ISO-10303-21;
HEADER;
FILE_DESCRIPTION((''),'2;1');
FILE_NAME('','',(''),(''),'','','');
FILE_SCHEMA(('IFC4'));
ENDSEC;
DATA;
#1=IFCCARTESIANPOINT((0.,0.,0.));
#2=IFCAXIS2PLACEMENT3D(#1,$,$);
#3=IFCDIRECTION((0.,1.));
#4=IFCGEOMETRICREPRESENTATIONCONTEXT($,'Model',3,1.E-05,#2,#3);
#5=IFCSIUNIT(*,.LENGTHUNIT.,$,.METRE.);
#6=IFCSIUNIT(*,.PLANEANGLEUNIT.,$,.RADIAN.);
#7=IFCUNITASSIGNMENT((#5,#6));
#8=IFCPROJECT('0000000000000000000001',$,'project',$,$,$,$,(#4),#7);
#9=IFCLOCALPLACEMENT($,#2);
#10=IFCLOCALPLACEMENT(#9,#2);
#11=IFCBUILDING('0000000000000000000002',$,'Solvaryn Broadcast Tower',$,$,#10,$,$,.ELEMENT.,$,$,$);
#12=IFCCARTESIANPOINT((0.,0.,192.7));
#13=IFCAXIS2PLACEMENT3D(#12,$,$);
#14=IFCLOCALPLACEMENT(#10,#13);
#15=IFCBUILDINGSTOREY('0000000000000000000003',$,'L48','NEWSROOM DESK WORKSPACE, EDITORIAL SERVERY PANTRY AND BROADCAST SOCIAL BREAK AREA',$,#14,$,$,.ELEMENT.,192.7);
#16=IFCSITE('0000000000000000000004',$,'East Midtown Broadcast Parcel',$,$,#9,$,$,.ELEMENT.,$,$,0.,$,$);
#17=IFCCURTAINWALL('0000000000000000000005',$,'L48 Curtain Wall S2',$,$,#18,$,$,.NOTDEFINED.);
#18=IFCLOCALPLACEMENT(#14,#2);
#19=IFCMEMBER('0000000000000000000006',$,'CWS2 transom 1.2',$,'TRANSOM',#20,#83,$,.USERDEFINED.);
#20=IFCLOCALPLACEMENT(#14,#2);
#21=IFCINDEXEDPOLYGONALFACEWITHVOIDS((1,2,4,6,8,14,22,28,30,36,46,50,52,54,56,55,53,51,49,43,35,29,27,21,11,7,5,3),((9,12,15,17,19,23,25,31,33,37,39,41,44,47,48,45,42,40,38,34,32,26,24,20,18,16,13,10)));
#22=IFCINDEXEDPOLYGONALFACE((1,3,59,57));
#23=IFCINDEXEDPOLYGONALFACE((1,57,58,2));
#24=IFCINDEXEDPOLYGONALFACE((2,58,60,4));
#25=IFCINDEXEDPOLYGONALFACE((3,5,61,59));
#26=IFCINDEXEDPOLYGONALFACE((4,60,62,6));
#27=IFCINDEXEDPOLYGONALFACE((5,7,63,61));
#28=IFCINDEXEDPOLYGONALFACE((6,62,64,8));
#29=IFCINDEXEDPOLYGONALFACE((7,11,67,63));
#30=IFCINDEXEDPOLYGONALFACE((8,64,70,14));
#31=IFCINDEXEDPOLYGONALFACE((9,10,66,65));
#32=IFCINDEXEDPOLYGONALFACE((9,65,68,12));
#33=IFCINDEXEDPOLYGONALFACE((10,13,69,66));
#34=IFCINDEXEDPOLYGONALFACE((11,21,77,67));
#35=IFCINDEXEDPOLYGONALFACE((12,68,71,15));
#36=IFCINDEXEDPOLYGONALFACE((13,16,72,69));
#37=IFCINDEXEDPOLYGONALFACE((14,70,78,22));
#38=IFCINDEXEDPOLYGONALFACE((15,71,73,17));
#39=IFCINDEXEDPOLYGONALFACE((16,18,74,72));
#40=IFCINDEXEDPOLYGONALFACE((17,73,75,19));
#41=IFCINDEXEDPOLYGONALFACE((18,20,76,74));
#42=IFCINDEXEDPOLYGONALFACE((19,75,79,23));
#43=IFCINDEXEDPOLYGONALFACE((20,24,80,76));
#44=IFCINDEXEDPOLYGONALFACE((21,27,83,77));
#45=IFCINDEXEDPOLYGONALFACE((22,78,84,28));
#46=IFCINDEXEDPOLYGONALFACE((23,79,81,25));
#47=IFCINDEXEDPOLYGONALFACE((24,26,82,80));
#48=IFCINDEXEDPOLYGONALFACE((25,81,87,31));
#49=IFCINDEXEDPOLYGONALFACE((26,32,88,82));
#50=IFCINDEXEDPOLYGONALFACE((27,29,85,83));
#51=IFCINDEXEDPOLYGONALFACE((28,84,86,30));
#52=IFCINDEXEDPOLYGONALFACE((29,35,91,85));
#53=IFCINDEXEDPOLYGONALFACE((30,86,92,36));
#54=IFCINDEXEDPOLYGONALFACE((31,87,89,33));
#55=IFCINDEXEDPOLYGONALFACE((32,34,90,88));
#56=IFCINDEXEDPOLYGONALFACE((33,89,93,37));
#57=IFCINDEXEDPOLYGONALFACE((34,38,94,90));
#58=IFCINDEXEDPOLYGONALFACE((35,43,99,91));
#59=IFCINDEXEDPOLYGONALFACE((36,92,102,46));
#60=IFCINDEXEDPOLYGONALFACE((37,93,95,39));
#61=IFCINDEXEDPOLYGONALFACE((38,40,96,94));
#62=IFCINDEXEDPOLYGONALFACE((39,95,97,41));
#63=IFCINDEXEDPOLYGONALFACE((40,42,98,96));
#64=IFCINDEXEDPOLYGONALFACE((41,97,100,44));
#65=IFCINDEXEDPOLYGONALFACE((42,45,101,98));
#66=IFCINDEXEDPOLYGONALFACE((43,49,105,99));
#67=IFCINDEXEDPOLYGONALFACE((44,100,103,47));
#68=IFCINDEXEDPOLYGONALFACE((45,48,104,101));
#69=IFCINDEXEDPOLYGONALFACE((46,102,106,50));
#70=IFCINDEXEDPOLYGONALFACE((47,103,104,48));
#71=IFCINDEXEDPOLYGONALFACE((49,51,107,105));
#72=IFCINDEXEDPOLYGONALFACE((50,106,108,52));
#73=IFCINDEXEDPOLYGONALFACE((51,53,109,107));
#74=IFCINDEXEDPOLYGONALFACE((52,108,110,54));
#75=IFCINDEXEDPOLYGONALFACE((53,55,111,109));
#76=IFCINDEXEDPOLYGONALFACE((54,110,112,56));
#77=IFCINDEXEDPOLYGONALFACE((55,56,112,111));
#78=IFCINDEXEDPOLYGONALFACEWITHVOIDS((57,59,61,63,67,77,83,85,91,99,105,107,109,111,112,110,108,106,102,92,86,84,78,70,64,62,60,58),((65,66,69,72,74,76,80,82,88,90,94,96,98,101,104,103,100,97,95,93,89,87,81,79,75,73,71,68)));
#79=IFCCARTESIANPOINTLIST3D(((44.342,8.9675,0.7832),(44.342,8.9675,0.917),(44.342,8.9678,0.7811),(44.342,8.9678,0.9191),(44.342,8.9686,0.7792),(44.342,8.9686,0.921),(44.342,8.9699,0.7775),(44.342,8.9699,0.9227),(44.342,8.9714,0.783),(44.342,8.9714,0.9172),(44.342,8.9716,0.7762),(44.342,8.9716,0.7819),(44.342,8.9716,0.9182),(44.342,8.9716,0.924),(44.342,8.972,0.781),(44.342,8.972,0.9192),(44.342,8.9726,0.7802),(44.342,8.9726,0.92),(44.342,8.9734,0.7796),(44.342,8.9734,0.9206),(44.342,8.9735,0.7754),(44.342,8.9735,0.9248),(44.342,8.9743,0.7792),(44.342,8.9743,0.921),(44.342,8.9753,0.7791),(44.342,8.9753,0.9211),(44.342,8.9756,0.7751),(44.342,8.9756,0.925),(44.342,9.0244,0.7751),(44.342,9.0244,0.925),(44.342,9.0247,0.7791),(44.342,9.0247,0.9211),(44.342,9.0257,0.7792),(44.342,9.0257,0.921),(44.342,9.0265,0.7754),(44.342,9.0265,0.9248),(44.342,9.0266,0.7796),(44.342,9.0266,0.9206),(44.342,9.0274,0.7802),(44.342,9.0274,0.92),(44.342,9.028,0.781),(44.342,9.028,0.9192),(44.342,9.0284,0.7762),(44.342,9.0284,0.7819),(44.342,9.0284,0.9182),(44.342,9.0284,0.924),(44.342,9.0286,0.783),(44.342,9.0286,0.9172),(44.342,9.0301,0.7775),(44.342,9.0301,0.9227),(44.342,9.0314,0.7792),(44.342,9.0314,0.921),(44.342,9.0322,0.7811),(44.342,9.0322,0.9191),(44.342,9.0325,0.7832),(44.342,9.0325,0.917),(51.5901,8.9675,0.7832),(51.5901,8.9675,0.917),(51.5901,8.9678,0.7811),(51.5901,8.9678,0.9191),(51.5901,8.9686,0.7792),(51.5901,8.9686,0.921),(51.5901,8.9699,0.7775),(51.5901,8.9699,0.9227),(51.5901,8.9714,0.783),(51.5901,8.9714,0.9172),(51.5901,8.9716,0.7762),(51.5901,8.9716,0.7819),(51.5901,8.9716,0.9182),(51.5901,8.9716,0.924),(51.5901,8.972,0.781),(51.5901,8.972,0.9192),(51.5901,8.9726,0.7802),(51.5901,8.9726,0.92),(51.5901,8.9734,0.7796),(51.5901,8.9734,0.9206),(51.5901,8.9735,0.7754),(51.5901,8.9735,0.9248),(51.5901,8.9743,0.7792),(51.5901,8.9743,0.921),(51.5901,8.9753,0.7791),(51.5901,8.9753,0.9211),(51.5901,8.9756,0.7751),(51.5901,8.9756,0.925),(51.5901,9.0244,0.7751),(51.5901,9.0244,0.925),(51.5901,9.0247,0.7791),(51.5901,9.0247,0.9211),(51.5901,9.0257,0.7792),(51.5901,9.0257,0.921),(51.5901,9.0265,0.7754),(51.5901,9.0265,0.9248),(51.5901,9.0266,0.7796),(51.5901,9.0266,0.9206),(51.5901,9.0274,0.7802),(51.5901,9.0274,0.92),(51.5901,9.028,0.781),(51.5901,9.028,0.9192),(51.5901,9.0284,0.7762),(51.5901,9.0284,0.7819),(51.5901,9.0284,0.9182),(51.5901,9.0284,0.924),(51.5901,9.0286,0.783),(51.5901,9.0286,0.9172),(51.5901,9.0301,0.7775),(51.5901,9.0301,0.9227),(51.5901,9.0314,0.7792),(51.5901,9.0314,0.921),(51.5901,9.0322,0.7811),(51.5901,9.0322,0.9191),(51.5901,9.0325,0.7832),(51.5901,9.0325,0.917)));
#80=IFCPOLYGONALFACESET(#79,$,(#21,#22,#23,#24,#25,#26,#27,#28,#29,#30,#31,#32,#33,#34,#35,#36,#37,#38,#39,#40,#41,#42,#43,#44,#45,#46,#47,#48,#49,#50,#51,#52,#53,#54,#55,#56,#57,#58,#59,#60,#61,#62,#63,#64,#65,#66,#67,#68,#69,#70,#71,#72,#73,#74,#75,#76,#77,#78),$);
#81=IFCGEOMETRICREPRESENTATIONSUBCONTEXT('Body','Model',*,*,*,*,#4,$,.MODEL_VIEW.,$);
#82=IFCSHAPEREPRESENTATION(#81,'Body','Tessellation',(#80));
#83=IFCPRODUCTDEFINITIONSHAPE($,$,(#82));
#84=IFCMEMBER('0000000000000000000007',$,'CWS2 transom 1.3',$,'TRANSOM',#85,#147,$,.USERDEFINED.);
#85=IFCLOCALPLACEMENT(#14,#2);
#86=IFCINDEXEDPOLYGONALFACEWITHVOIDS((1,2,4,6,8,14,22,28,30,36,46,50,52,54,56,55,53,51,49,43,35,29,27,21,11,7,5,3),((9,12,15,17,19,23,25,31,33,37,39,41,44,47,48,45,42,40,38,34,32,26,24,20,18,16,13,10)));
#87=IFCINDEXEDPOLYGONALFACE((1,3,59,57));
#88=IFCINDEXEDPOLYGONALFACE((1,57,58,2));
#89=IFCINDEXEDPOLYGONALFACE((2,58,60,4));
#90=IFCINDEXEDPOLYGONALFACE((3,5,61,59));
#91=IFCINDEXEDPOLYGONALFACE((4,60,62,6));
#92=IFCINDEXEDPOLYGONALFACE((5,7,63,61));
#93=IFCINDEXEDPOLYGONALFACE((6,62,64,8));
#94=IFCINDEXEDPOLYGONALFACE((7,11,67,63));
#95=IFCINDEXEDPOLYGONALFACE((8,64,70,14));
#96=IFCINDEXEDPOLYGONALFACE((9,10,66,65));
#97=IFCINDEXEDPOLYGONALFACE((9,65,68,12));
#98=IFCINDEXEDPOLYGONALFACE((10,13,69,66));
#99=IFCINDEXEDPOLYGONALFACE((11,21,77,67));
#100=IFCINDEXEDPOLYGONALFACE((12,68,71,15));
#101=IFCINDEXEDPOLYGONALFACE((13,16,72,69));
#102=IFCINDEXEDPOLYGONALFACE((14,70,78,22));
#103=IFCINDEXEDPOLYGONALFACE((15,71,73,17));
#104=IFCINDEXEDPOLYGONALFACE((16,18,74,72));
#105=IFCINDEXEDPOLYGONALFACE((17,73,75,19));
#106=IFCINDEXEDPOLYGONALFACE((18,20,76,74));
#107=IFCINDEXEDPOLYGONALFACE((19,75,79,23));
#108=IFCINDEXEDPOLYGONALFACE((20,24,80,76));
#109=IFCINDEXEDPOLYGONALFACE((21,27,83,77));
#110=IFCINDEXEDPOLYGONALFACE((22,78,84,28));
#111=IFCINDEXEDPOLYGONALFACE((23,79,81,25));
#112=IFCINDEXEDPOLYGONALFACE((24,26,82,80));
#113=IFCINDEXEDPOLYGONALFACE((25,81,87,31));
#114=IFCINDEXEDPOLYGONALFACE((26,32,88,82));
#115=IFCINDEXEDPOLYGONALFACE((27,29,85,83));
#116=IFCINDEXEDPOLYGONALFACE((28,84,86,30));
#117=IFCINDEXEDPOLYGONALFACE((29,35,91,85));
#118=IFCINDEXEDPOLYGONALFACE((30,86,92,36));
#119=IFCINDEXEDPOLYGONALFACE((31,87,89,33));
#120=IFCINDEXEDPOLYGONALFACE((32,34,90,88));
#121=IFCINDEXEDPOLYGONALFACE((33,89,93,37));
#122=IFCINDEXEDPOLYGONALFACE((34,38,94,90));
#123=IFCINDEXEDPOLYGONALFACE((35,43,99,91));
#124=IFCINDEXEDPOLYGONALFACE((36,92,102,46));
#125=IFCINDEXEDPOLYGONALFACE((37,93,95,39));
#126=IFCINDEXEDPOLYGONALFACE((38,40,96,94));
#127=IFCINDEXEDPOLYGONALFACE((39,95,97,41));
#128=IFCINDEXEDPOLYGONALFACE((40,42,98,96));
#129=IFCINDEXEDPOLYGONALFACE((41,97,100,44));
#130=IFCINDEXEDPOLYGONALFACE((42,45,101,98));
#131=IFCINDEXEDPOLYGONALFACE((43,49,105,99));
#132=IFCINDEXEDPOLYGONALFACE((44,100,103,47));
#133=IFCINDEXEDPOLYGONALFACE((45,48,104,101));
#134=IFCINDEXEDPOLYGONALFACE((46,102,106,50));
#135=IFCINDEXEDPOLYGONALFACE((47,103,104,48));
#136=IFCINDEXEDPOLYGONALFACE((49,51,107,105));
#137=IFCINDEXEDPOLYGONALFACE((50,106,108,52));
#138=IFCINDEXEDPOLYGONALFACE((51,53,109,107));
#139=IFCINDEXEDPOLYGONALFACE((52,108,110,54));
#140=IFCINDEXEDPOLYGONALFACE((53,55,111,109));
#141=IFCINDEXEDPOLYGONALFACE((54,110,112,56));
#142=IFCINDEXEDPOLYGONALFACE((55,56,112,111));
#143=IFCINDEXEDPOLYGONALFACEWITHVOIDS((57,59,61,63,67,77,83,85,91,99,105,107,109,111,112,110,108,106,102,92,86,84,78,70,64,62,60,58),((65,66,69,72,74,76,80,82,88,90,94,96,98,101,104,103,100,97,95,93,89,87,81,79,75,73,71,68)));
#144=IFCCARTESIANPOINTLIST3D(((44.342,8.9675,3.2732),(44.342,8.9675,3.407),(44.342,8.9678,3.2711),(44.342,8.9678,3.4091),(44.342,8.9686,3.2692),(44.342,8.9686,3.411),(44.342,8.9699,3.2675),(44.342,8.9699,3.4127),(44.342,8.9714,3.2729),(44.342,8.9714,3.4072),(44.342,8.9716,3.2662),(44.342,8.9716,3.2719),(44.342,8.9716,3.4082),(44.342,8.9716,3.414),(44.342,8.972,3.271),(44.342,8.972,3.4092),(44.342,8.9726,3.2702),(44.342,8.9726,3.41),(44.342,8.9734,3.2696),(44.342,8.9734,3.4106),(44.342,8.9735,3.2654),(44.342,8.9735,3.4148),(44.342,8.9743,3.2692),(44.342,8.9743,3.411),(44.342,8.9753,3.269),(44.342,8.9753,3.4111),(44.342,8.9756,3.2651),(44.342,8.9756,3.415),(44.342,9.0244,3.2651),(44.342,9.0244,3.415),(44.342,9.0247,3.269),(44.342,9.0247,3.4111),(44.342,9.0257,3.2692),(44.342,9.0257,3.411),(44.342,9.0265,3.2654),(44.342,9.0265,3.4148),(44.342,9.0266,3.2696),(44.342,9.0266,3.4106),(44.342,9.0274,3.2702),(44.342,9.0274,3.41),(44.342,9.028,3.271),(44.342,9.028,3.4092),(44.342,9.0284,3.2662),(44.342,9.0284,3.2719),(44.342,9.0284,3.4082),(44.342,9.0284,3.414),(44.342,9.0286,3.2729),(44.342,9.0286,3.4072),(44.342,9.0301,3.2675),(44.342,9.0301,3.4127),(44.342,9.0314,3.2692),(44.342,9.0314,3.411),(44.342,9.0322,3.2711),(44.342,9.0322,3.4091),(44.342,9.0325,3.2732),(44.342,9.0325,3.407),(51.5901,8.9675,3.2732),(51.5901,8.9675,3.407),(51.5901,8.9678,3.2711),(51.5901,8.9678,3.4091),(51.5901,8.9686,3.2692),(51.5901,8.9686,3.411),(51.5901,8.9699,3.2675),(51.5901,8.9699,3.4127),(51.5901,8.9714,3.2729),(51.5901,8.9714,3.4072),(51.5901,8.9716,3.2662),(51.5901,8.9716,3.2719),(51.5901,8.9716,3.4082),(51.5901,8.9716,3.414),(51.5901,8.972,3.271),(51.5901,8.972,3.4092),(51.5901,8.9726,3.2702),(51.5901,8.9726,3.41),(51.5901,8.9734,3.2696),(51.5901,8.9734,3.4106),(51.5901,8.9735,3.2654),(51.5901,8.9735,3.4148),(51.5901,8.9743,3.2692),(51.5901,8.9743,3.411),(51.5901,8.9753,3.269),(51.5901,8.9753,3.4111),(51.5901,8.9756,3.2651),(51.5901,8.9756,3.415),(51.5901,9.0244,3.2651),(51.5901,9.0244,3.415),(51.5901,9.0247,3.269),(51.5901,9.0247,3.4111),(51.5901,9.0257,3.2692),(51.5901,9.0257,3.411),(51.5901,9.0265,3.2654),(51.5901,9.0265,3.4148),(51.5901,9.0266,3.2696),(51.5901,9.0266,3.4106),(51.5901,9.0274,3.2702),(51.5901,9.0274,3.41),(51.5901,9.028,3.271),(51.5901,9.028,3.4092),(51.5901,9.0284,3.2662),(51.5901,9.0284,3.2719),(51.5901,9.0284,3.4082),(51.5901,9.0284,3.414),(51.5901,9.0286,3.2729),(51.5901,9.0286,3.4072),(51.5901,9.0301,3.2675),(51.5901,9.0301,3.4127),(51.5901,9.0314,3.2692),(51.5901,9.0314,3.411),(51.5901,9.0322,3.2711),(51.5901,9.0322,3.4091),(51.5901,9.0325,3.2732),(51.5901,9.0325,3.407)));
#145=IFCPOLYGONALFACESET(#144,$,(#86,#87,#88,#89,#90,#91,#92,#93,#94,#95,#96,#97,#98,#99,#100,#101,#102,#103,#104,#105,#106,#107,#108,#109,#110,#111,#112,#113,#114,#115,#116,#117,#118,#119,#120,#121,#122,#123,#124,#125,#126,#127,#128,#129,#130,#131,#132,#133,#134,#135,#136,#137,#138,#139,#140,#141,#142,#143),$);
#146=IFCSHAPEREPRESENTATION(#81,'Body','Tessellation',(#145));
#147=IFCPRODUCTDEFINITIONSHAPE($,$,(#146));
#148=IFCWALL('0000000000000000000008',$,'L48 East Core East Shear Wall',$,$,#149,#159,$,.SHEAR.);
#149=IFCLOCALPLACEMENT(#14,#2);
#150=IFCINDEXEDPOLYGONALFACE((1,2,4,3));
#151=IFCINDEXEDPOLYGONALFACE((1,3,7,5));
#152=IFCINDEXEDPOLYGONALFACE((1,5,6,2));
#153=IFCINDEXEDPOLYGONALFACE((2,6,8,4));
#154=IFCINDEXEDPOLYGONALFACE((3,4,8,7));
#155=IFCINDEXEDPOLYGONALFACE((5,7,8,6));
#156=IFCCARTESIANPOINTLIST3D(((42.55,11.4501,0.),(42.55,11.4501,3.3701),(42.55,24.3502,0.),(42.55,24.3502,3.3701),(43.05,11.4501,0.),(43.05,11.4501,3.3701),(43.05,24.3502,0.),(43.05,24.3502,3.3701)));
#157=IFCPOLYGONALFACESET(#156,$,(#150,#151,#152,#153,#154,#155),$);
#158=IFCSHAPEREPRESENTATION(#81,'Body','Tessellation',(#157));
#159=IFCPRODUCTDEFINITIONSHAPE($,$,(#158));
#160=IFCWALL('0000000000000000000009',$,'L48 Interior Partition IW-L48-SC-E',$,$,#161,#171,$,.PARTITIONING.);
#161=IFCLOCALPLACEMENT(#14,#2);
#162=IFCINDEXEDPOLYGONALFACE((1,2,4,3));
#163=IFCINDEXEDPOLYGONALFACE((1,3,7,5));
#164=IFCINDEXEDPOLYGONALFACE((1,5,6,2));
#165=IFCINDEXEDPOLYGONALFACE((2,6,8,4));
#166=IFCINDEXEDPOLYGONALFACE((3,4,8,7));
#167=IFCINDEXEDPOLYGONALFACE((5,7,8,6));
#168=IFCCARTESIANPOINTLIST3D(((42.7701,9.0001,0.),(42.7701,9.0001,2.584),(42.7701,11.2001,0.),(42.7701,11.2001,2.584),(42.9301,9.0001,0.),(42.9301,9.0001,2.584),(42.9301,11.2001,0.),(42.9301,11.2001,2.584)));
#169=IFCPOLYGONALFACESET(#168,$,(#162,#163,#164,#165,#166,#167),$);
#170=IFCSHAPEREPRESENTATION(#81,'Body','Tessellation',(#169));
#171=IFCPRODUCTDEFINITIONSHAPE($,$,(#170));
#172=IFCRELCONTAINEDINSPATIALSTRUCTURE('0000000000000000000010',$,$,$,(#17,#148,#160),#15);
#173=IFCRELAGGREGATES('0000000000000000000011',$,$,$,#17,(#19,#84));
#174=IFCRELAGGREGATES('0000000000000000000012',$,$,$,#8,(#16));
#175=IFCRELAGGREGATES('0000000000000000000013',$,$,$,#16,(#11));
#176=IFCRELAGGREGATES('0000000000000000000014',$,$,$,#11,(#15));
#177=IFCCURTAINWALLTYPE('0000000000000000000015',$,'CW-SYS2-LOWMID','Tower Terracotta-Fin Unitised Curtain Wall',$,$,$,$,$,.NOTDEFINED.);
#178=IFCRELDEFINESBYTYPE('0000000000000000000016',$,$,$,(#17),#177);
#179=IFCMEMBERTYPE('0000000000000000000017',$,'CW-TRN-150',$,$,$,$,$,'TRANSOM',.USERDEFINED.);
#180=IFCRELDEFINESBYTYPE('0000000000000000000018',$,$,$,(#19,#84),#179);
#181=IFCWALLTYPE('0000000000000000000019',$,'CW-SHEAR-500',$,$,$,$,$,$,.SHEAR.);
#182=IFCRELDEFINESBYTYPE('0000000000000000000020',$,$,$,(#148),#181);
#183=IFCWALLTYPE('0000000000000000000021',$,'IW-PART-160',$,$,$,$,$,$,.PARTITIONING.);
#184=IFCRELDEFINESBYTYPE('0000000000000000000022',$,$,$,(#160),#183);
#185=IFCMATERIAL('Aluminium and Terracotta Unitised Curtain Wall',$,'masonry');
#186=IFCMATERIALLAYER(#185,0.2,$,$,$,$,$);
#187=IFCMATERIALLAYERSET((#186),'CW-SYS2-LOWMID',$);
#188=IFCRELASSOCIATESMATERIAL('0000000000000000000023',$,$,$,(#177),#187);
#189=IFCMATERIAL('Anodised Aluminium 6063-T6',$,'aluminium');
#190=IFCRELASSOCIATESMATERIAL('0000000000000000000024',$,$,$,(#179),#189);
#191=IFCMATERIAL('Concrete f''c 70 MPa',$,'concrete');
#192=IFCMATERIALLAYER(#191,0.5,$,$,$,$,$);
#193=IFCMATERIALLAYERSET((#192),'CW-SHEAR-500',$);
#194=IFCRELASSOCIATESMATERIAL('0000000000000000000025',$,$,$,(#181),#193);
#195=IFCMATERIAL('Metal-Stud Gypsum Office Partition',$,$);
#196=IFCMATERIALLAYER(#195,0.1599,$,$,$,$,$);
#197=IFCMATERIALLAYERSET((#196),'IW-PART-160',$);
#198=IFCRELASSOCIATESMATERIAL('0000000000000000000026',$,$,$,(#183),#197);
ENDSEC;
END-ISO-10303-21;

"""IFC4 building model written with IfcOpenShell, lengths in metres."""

from ifc_helpers import new_model, si_unit, direction, frame, frame_2d, origin, origin_2d, place, context, subcontext, project, spatial, rectangle, hollow_rectangle, extrude, material, layer, layer_set, material_profile, profile_set, type_object, element, aggregate, save


model = new_model("IFC4")

# Units and contexts
model_context = context("Model", 3, precision=1e-05, world=origin(), true_north=direction((0.0, 1.0)))
body_context = subcontext(model_context, "Body", "Model", "MODEL_VIEW")
ifc_project = project(units=[si_unit("LENGTHUNIT", "METRE"), si_unit("PLANEANGLEUNIT", "RADIAN")], contexts=[model_context])

# Site, building, storey
site_placement = place(None, origin())
site = spatial("IfcSite", under=ifc_project, at=site_placement, Name="East Midtown Broadcast Parcel", CompositionType="ELEMENT", RefElevation=0.0)
building_placement = place(site_placement, origin())
building = spatial("IfcBuilding", under=site, at=building_placement, Name="Solvaryn Broadcast Tower", CompositionType="ELEMENT")
storey_placement = place(building_placement, frame((0.0, 0.0, 192.7)))
storey = spatial("IfcBuildingStorey", under=building, at=storey_placement, Name="L48", Description="NEWSROOM DESK WORKSPACE, EDITORIAL SERVERY PANTRY AND BROADCAST SOCIAL BREAK AREA", CompositionType="ELEMENT", Elevation=192.7)

# Shared definitions
ifc_material_1 = material(Name="Aluminium and Terracotta Unitised Curtain Wall", Category="masonry")
ifc_layer_1 = layer(ifc_material_1, 0.2)
ifc_layer_set_1 = layer_set([ifc_layer_1], Name="CW-SYS2-LOWMID")
curtain_wall_type = type_object("IfcCurtainWallType", Name="CW-SYS2-LOWMID", Description="Tower Terracotta-Fin Unitised Curtain Wall", PredefinedType="NOTDEFINED", material=ifc_layer_set_1)

# Curtain wall, members
curtain_wall_1_placement = place(storey_placement, origin())
curtain_wall_1 = element("IfcCurtainWall", 1, at=curtain_wall_1_placement, inside=storey, type_object=curtain_wall_type, Name="L48 Curtain Wall S2", PredefinedType="NOTDEFINED")
ifc_material_2 = material(Name="Anodised Aluminium 6063-T6", Category="aluminium")
ifc_material_profile_1 = material_profile(ifc_material_2, hollow_rectangle(XDim=0.0649, YDim=0.1499, WallThickness=0.0039, InnerFilletRadius=0.0039, OuterFilletRadius=0.0081, at=origin_2d()))
ifc_profile_set_1 = profile_set([ifc_material_profile_1], Name="Anodised Aluminium 6063-T6")
member_type_1 = type_object("IfcMemberType", Name="CW-TRN-150", ElementType="TRANSOM", PredefinedType="USERDEFINED", material=ifc_profile_set_1)
member_1_placement = place(storey_placement, frame((44.342, 9.0, 0.8501), z_axis=(1.0, 0.0, 0.0), x_axis=(0.0, 1.0, 0.0)))
member_1 = element("IfcMember", 2, at=member_1_placement, type_object=member_type_1, Name="CWS2 transom 1.2", ObjectType="TRANSOM", PredefinedType="USERDEFINED", context=body_context, shape_type="SweptSolid", body=[
    extrude(hollow_rectangle(XDim=0.0649, YDim=0.1499, WallThickness=0.0039, InnerFilletRadius=0.0039, OuterFilletRadius=0.0081, at=origin_2d()), origin(), (0.0, 0.0, 1.0), 7.248),
])
member_2_placement = place(storey_placement, frame((44.342, 9.0, 3.3401), z_axis=(1.0, 0.0, 0.0), x_axis=(0.0, 1.0, 0.0)))
member_2 = element("IfcMember", 3, at=member_2_placement, type_object=member_type_1, Name="CWS2 transom 1.3", ObjectType="TRANSOM", PredefinedType="USERDEFINED", context=body_context, shape_type="SweptSolid", body=[
    extrude(hollow_rectangle(XDim=0.0649, YDim=0.1499, WallThickness=0.0039, InnerFilletRadius=0.0039, OuterFilletRadius=0.0081, at=origin_2d()), origin(), (0.0, 0.0, 1.0), 7.248),
])
aggregate(curtain_wall_1, [member_1, member_2])

# Walls
ifc_material_3 = material(Name="Concrete f'c 70 MPa", Category="concrete")
ifc_layer_2 = layer(ifc_material_3, 0.5)
ifc_layer_set_2 = layer_set([ifc_layer_2], Name="CW-SHEAR-500")
wall_type_1 = type_object("IfcWallType", Name="CW-SHEAR-500", PredefinedType="SHEAR", material=ifc_layer_set_2)
wall_1_placement = place(storey_placement, frame((42.8, 11.45, 0.0), z_axis=(0.0, 0.0, 1.0), x_axis=(0.0, 1.0, 0.0)))
element("IfcWall", 4, at=wall_1_placement, inside=storey, type_object=wall_type_1, Name="L48 East Core East Shear Wall", PredefinedType="SHEAR", context=body_context, shape_type="SweptSolid", body=[
    extrude(rectangle(XDim=12.9001, YDim=0.5, at=frame_2d((6.4502, 0.0))), origin(), (0.0, 0.0, 1.0), 3.3701),
])
ifc_material_4 = material(Name="Metal-Stud Gypsum Office Partition")
ifc_layer_3 = layer(ifc_material_4, 0.1599)
ifc_layer_set_3 = layer_set([ifc_layer_3], Name="IW-PART-160")
wall_type_2 = type_object("IfcWallType", Name="IW-PART-160", PredefinedType="PARTITIONING", material=ifc_layer_set_3)
wall_2_placement = place(storey_placement, frame((42.8501, 9.0, 0.0), z_axis=(0.0, 0.0, 1.0), x_axis=(0.0, 1.0, 0.0)))
element("IfcWall", 5, at=wall_2_placement, inside=storey, type_object=wall_type_2, Name="L48 Interior Partition IW-L48-SC-E", PredefinedType="PARTITIONING", context=body_context, shape_type="SweptSolid", body=[
    extrude(rectangle(XDim=2.2, YDim=0.1599, at=frame_2d((1.1001, 0.0))), origin(), (0.0, 0.0, 1.0), 2.584),
])

save(model, "model.ifc")
